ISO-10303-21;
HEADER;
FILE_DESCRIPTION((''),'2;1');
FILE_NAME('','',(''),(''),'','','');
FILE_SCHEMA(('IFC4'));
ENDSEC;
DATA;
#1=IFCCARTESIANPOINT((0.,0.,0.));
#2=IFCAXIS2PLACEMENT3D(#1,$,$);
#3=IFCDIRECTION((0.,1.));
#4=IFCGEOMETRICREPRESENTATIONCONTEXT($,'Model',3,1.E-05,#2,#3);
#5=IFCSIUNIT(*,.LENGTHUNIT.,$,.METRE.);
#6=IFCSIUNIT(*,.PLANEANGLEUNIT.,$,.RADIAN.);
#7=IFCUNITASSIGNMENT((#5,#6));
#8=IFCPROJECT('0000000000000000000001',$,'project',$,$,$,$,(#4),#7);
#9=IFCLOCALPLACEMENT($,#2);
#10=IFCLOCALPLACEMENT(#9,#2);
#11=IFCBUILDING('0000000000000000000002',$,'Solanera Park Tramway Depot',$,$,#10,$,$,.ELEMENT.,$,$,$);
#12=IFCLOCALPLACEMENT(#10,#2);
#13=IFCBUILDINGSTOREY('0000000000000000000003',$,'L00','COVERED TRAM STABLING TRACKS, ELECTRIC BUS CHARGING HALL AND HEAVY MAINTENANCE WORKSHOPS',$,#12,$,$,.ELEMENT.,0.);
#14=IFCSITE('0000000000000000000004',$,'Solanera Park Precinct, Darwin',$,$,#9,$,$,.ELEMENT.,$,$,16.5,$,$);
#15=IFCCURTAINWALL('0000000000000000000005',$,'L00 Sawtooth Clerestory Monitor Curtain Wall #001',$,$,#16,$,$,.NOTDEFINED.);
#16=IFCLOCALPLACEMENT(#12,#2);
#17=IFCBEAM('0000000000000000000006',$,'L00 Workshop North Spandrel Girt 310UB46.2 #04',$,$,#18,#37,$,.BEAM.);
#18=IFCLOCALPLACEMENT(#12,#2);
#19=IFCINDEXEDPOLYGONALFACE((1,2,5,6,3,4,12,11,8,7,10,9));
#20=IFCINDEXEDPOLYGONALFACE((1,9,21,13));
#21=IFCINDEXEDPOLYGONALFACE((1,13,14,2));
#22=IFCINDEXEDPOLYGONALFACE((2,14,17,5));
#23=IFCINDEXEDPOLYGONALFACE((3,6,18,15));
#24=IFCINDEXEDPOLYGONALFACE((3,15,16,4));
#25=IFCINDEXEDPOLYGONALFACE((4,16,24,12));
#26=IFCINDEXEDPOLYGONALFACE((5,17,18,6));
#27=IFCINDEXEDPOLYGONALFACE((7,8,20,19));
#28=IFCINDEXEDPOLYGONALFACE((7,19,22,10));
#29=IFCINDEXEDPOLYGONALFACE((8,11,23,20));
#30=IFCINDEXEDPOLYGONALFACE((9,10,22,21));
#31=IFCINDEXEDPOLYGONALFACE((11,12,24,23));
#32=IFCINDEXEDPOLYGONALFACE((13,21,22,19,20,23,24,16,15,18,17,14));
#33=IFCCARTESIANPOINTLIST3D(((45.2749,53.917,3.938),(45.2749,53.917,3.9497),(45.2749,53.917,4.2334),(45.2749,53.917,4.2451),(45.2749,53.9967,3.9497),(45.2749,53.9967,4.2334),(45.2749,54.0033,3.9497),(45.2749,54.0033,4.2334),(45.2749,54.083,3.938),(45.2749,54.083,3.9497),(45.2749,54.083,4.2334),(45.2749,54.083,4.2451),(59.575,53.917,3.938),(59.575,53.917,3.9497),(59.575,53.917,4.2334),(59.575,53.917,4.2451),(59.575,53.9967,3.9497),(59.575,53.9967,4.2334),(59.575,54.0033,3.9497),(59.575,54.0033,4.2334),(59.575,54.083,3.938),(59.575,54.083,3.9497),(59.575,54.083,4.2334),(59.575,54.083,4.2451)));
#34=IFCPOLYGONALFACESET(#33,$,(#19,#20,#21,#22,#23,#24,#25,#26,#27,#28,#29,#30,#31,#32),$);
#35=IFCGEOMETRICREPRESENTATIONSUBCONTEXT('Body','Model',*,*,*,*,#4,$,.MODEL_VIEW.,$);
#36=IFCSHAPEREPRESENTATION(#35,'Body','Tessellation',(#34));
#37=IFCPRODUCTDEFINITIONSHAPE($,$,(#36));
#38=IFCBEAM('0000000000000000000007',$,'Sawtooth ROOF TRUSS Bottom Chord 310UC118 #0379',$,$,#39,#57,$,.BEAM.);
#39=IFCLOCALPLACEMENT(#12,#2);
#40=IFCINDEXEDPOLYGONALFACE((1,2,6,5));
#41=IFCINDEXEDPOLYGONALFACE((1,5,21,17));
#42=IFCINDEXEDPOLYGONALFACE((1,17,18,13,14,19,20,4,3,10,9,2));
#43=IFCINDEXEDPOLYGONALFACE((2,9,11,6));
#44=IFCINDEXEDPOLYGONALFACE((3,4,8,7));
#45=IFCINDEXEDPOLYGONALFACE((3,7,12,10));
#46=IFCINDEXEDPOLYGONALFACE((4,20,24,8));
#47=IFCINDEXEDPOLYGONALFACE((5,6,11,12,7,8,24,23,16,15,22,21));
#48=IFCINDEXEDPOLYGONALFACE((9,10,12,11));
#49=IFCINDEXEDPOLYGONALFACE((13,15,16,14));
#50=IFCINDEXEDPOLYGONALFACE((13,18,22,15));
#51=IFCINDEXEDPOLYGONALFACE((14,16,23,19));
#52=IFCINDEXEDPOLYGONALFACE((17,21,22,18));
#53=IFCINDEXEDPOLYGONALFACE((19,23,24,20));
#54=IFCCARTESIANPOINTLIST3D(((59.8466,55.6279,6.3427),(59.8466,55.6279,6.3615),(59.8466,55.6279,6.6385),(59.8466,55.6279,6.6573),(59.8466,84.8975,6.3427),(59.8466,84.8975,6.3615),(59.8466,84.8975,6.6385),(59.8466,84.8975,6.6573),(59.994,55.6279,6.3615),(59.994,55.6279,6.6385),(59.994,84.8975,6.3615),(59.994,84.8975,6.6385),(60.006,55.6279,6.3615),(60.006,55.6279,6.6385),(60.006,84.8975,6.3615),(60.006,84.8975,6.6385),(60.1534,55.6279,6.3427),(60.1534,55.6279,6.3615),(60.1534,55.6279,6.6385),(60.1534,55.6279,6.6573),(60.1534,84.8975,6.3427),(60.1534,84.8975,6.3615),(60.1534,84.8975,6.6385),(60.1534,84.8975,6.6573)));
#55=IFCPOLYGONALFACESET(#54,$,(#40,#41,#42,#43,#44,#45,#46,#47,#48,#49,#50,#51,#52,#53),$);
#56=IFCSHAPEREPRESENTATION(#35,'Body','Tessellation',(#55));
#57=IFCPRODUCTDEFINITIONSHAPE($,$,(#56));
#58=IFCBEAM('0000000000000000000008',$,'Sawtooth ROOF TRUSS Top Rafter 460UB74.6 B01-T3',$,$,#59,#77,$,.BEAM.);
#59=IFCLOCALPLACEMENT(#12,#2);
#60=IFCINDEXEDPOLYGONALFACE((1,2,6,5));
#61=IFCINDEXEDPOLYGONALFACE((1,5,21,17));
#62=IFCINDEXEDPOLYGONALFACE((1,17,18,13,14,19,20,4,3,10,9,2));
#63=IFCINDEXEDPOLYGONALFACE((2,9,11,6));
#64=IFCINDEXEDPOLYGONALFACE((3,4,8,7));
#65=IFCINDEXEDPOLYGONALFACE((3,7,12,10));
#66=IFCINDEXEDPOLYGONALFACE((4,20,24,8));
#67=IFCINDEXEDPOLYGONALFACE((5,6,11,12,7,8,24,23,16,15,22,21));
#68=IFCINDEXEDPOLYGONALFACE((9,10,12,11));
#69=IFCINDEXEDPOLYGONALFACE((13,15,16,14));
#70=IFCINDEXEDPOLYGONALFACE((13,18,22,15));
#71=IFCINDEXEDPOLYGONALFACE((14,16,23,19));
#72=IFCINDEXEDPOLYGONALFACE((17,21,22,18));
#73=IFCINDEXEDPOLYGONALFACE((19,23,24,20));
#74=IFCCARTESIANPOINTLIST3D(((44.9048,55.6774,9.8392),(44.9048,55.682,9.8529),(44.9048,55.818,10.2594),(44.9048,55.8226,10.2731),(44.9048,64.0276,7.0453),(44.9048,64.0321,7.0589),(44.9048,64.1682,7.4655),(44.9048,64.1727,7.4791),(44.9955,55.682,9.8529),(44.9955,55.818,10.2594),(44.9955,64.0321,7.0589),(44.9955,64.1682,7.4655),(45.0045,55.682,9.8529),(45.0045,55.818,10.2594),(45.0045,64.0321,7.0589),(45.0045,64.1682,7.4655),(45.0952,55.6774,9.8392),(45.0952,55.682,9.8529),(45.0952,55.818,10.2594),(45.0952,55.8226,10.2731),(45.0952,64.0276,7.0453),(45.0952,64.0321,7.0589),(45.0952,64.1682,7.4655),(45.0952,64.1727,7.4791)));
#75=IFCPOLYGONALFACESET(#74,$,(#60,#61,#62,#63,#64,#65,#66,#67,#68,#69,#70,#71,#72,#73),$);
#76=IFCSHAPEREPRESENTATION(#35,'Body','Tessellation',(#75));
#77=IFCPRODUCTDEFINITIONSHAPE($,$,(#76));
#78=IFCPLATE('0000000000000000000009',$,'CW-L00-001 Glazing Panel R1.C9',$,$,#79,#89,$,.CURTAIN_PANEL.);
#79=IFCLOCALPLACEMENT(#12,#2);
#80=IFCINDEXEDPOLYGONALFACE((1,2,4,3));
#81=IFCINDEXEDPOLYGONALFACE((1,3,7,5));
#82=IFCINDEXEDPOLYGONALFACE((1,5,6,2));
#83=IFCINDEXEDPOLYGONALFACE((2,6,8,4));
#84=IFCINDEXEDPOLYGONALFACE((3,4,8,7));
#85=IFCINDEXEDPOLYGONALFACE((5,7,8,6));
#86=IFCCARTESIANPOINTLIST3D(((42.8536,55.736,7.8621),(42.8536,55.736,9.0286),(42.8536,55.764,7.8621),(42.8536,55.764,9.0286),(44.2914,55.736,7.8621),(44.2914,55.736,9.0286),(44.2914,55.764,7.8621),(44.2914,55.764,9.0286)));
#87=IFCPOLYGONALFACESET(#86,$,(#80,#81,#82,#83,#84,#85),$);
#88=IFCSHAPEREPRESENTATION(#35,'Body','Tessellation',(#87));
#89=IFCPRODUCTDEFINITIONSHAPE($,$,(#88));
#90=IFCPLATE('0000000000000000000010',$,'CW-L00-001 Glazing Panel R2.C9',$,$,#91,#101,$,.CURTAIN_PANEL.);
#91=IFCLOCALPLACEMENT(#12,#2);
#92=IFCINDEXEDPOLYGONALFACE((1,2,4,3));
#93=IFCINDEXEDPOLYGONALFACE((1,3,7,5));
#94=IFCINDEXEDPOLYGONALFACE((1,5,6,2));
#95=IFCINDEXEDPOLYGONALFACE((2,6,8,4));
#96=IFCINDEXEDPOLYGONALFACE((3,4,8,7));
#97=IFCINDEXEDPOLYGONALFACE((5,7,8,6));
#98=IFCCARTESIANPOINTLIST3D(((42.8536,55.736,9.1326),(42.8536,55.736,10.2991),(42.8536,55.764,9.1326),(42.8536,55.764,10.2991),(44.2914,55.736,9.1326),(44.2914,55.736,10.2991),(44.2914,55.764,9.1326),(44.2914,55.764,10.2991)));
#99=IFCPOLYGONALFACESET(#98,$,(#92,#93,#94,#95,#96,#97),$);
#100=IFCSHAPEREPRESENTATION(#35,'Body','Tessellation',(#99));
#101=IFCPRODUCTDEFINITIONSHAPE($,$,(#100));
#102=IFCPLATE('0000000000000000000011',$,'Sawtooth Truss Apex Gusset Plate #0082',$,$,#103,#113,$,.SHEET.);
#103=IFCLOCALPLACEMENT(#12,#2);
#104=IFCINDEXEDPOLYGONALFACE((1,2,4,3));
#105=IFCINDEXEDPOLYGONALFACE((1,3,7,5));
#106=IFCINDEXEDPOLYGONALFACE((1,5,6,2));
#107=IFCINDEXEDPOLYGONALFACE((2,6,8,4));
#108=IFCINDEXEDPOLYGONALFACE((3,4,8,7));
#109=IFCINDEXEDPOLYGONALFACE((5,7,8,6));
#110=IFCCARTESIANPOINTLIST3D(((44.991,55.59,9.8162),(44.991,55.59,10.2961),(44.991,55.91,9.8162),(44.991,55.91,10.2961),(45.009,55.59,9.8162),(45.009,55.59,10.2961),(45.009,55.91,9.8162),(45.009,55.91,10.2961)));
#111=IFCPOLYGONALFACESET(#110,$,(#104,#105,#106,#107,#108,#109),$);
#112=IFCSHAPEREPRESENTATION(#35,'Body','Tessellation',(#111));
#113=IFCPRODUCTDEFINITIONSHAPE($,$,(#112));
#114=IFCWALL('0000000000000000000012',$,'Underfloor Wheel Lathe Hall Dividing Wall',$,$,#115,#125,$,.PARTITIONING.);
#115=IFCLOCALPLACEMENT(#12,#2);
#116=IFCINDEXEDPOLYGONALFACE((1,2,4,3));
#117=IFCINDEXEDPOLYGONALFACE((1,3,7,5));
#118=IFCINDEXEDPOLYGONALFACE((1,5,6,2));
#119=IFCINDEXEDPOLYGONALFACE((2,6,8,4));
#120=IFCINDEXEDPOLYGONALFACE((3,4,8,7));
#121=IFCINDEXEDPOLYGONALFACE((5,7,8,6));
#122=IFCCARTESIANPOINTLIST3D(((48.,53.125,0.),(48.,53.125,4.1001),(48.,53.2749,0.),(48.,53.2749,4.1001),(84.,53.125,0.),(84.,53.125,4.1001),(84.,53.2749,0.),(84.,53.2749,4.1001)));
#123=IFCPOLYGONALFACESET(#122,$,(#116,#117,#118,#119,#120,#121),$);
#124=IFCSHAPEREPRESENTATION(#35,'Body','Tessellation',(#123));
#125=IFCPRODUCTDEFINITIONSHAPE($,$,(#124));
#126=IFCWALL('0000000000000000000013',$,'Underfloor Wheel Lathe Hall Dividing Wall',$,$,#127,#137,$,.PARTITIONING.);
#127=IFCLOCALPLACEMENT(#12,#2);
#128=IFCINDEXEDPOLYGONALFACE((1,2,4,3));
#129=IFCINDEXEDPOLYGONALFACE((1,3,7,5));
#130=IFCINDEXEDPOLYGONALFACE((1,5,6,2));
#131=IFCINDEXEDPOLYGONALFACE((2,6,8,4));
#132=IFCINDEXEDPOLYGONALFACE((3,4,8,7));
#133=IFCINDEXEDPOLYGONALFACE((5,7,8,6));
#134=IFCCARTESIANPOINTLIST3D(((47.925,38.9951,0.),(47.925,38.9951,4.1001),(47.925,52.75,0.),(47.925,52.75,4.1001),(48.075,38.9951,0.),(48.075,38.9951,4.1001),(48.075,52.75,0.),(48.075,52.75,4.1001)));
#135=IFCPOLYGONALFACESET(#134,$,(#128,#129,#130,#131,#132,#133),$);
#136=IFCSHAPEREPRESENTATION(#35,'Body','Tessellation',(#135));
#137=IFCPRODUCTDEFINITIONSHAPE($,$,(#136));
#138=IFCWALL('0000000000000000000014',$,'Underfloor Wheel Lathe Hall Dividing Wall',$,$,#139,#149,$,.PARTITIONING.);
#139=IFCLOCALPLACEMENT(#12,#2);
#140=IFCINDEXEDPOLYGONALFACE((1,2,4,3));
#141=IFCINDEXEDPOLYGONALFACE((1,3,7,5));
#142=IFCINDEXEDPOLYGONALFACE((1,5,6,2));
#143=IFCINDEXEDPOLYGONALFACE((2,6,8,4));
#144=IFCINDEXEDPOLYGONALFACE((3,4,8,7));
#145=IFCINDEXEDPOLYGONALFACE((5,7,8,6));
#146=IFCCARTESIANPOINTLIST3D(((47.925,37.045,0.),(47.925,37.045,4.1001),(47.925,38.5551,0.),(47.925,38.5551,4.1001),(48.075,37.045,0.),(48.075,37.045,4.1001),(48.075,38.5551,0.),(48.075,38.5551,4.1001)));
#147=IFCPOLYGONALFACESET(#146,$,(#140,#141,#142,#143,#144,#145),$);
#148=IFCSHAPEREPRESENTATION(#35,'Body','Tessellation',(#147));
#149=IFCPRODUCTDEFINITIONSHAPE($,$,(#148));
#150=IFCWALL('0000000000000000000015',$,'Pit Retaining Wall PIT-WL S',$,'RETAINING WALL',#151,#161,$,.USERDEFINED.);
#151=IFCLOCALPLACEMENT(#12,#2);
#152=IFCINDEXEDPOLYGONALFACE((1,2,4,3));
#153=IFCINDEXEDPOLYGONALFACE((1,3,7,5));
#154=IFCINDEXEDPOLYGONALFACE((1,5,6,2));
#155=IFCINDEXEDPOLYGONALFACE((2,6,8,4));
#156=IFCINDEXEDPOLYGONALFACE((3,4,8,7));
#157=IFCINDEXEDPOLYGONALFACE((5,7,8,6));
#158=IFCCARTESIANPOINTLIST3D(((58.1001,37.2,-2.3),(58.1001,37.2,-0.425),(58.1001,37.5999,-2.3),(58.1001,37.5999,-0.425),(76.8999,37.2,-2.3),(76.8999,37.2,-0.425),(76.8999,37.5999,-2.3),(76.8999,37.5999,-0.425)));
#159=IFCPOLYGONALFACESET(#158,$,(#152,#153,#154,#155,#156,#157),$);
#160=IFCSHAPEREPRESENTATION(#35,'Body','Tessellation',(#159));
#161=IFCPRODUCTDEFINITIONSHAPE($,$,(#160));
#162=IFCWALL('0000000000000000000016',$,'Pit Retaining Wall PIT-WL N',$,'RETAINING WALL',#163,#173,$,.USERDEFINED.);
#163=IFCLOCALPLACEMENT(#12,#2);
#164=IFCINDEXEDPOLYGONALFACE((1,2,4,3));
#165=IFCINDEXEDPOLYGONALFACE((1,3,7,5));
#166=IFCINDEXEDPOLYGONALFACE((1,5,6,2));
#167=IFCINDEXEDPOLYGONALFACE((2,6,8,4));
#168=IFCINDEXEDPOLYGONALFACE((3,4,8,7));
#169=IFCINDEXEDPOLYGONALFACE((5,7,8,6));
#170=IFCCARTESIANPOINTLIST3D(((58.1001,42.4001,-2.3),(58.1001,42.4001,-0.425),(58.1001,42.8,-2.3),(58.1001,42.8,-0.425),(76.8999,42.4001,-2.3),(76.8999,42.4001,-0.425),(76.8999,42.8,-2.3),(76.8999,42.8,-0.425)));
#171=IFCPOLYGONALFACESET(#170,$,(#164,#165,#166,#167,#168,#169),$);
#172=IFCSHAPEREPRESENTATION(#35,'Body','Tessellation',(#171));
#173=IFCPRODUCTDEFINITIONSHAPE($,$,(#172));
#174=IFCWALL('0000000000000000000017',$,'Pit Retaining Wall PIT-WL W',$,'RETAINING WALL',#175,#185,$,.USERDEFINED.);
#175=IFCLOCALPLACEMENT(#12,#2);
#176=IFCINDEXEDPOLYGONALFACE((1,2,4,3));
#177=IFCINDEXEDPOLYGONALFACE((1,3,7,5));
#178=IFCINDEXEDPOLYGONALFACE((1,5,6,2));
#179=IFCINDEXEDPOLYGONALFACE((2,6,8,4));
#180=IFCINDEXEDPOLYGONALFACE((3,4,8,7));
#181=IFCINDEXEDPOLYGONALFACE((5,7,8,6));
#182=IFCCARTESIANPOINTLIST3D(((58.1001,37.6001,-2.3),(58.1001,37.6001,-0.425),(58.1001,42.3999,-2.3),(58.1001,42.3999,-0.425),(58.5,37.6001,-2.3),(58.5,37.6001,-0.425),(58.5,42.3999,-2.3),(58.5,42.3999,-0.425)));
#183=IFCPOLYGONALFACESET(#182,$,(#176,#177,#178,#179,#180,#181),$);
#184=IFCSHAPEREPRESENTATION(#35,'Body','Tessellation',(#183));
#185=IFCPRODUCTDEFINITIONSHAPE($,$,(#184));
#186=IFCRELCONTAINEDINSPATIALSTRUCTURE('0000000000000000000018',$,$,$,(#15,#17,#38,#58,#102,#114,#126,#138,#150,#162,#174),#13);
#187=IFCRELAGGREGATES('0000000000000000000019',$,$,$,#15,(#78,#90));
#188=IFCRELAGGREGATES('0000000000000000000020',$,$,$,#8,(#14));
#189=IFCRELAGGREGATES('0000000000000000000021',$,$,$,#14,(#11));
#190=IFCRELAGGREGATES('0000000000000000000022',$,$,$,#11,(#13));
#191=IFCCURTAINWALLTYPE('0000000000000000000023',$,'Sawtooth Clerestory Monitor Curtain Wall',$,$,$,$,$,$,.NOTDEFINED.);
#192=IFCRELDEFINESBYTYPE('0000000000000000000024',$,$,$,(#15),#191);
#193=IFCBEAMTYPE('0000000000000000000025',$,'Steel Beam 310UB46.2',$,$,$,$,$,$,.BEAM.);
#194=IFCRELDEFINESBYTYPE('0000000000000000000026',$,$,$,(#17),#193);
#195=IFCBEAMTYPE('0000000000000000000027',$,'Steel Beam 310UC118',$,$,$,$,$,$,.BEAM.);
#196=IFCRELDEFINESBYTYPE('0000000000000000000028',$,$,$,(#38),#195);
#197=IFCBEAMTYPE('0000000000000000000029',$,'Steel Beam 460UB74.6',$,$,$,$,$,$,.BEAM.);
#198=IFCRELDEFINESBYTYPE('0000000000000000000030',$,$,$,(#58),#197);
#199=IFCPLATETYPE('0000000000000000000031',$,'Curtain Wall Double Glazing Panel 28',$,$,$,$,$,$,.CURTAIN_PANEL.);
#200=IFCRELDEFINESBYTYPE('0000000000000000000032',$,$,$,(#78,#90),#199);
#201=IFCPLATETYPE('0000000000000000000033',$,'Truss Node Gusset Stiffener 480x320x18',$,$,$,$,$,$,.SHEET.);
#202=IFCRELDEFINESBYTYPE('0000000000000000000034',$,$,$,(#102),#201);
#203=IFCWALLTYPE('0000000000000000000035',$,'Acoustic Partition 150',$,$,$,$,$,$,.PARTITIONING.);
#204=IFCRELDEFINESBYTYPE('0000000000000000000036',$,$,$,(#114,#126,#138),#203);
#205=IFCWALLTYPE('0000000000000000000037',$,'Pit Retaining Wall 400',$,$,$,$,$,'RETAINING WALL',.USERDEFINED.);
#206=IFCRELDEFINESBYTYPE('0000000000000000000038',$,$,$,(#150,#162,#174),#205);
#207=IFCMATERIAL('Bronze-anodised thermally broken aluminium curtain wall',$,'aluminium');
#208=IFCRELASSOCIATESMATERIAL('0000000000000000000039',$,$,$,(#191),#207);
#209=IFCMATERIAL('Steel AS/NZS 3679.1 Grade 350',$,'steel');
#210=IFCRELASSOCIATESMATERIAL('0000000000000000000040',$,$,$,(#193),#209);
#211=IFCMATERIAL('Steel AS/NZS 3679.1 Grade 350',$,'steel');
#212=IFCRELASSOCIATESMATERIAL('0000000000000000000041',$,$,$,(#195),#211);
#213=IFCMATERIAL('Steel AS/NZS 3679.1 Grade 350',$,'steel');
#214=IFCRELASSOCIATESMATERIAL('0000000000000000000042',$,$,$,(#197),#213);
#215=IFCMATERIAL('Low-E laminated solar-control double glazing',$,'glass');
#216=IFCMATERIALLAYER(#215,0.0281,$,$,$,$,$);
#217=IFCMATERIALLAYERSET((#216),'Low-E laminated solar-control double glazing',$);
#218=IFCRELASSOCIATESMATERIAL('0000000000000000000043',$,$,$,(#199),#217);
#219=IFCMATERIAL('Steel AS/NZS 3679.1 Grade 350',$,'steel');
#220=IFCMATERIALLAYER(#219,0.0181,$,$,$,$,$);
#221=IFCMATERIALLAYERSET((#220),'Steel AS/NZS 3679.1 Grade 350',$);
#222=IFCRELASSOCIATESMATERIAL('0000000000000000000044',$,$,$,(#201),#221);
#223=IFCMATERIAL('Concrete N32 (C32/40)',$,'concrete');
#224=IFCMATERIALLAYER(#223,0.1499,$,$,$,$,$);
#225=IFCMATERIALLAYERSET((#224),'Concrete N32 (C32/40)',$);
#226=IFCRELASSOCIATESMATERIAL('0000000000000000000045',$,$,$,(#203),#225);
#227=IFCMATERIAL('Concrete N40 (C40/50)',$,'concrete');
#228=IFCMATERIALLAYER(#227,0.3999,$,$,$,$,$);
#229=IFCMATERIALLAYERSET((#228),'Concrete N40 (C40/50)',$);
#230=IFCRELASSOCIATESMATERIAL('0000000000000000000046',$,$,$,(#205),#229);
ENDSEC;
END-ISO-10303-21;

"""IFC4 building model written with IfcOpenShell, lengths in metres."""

from ifc_helpers import new_model, si_unit, direction, frame, frame_2d, origin, origin_2d, place, context, subcontext, project, spatial, rectangle, i_section, extrude, material, layer, layer_set, material_profile, profile_set, type_object, element, aggregate, save


model = new_model("IFC4")

# Units and contexts
model_context = context("Model", 3, precision=1e-05, world=origin(), true_north=direction((0.0, 1.0)))
body_context = subcontext(model_context, "Body", "Model", "MODEL_VIEW")
ifc_project = project(units=[si_unit("LENGTHUNIT", "METRE"), si_unit("PLANEANGLEUNIT", "RADIAN")], contexts=[model_context])

# Site, building, storey
site_placement = place(None, origin())
site = spatial("IfcSite", under=ifc_project, at=site_placement, Name="Solanera Park Precinct, Darwin", CompositionType="ELEMENT", RefElevation=16.5)
building_placement = place(site_placement, origin())
building = spatial("IfcBuilding", under=site, at=building_placement, Name="Solanera Park Tramway Depot", CompositionType="ELEMENT")
storey_placement = place(building_placement, origin())
storey = spatial("IfcBuildingStorey", under=building, at=storey_placement, Name="L00", Description="COVERED TRAM STABLING TRACKS, ELECTRIC BUS CHARGING HALL AND HEAVY MAINTENANCE WORKSHOPS", CompositionType="ELEMENT", Elevation=0.0)

# Curtain wall
ifc_material_1 = material(Name="Bronze-anodised thermally broken aluminium curtain wall", Category="aluminium")
curtain_wall_type = type_object("IfcCurtainWallType", Name="Sawtooth Clerestory Monitor Curtain Wall", PredefinedType="NOTDEFINED", material=ifc_material_1)
curtain_wall_placement = place(storey_placement, origin())
curtain_wall = element("IfcCurtainWall", 1, at=curtain_wall_placement, inside=storey, type_object=curtain_wall_type, Name="L00 Sawtooth Clerestory Monitor Curtain Wall #001", PredefinedType="NOTDEFINED")

# Beams
ifc_material_2 = material(Name="Steel AS/NZS 3679.1 Grade 350", Category="steel")
ifc_material_profile_1 = material_profile(ifc_material_2, i_section(OverallWidth=0.166, OverallDepth=0.3071, WebThickness=0.0066, FlangeThickness=0.0117, at=origin_2d()), Name="310UB46.2")
ifc_profile_set_1 = profile_set([ifc_material_profile_1], Name="Steel AS/NZS 3679.1 Grade 350")
beam_type_1 = type_object("IfcBeamType", Name="Steel Beam 310UB46.2", PredefinedType="BEAM", material=ifc_profile_set_1)
beam_1_placement = place(storey_placement, frame((45.2749, 54.0, 4.0916), z_axis=(1.0, 0.0, 0.0), x_axis=(0.0, 1.0, 0.0)))
element("IfcBeam", 2, at=beam_1_placement, inside=storey, type_object=beam_type_1, Name="L00 Workshop North Spandrel Girt 310UB46.2 #04", PredefinedType="BEAM", context=body_context, shape_type="SweptSolid", body=[
    extrude(i_section(OverallWidth=0.166, OverallDepth=0.3071, WebThickness=0.0066, FlangeThickness=0.0117, at=origin_2d()), origin(), (0.0, 0.0, 1.0), 14.3),
])
ifc_material_3 = material(Name="Steel AS/NZS 3679.1 Grade 350", Category="steel")
ifc_material_profile_2 = material_profile(ifc_material_3, i_section(OverallWidth=0.3069, OverallDepth=0.3147, WebThickness=0.012, FlangeThickness=0.0188, at=origin_2d()), Name="310UC118")
ifc_profile_set_2 = profile_set([ifc_material_profile_2], Name="Steel AS/NZS 3679.1 Grade 350")
beam_type_2 = type_object("IfcBeamType", Name="Steel Beam 310UC118", PredefinedType="BEAM", material=ifc_profile_set_2)
beam_2_placement = place(storey_placement, frame((60.0, 55.6279, 6.5), z_axis=(0.0, 1.0, 0.0), x_axis=(-1.0, 0.0, 0.0)))
element("IfcBeam", 3, at=beam_2_placement, inside=storey, type_object=beam_type_2, Name="Sawtooth ROOF TRUSS Bottom Chord 310UC118 #0379", PredefinedType="BEAM", context=body_context, shape_type="SweptSolid", body=[
    extrude(i_section(OverallWidth=0.3069, OverallDepth=0.3147, WebThickness=0.012, FlangeThickness=0.0188, at=origin_2d()), origin(), (0.0, 0.0, 1.0), 29.2695),
])
ifc_material_4 = material(Name="Steel AS/NZS 3679.1 Grade 350", Category="steel")
ifc_material_profile_3 = material_profile(ifc_material_4, i_section(OverallWidth=0.1904, OverallDepth=0.4575, WebThickness=0.009, FlangeThickness=0.0144, at=origin_2d()), Name="460UB74.6")
ifc_profile_set_3 = profile_set([ifc_material_profile_3], Name="Steel AS/NZS 3679.1 Grade 350")
beam_type_3 = type_object("IfcBeamType", Name="Steel Beam 460UB74.6", PredefinedType="BEAM", material=ifc_profile_set_3)
beam_3_placement = place(storey_placement, frame((45.0, 55.75, 10.0562), z_axis=(0.0, 0.948322, -0.317309), x_axis=(-1.0, 0.0, 0.0)))
element("IfcBeam", 4, at=beam_3_placement, inside=storey, type_object=beam_type_3, Name="Sawtooth ROOF TRUSS Top Rafter 460UB74.6 B01-T3", PredefinedType="BEAM", context=body_context, shape_type="SweptSolid", body=[
    extrude(i_section(OverallWidth=0.1904, OverallDepth=0.4575, WebThickness=0.009, FlangeThickness=0.0144, at=origin_2d()), origin(), (0.0, 0.0, 1.0), 8.8052),
])

# Plates
ifc_material_5 = material(Name="Low-E laminated solar-control double glazing", Category="glass")
ifc_layer_1 = layer(ifc_material_5, 0.0281)
ifc_layer_set_1 = layer_set([ifc_layer_1], Name="Low-E laminated solar-control double glazing")
plate_type_1 = type_object("IfcPlateType", Name="Curtain Wall Double Glazing Panel 28", PredefinedType="CURTAIN_PANEL", material=ifc_layer_set_1)
plate_1_placement = place(storey_placement, frame((43.5725, 55.75, 7.8621), z_axis=(0.0, 0.0, 1.0), x_axis=(1.0, 0.0, 0.0)))
plate_1 = element("IfcPlate", 5, at=plate_1_placement, type_object=plate_type_1, Name="CW-L00-001 Glazing Panel R1.C9", PredefinedType="CURTAIN_PANEL", context=body_context, shape_type="SweptSolid", body=[
    extrude(rectangle(XDim=1.4377, YDim=0.0281, at=origin_2d()), origin(), (0.0, 0.0, 1.0), 1.1665),
])
plate_2_placement = place(storey_placement, frame((43.5725, 55.75, 9.1326), z_axis=(0.0, 0.0, 1.0), x_axis=(1.0, 0.0, 0.0)))
plate_2 = element("IfcPlate", 6, at=plate_2_placement, type_object=plate_type_1, Name="CW-L00-001 Glazing Panel R2.C9", PredefinedType="CURTAIN_PANEL", context=body_context, shape_type="SweptSolid", body=[
    extrude(rectangle(XDim=1.4377, YDim=0.0281, at=origin_2d()), origin(), (0.0, 0.0, 1.0), 1.1665),
])
aggregate(curtain_wall, [plate_1, plate_2])
ifc_material_6 = material(Name="Steel AS/NZS 3679.1 Grade 350", Category="steel")
ifc_layer_2 = layer(ifc_material_6, 0.0181)
ifc_layer_set_2 = layer_set([ifc_layer_2], Name="Steel AS/NZS 3679.1 Grade 350")
plate_type_2 = type_object("IfcPlateType", Name="Truss Node Gusset Stiffener 480x320x18", PredefinedType="SHEET", material=ifc_layer_set_2)
plate_3_placement = place(storey_placement, frame((45.0, 55.75, 9.8162), z_axis=(0.0, 0.0, 1.0), x_axis=(1.0, 0.0, 0.0)))
element("IfcPlate", 7, at=plate_3_placement, inside=storey, type_object=plate_type_2, Name="Sawtooth Truss Apex Gusset Plate #0082", PredefinedType="SHEET", context=body_context, shape_type="SweptSolid", body=[
    extrude(rectangle(XDim=0.0181, YDim=0.3201, at=origin_2d()), origin(), (0.0, 0.0, 1.0), 0.48),
])

# Walls
ifc_material_7 = material(Name="Concrete N32 (C32/40)", Category="concrete")
ifc_layer_3 = layer(ifc_material_7, 0.1499)
ifc_layer_set_3 = layer_set([ifc_layer_3], Name="Concrete N32 (C32/40)")
wall_type_1 = type_object("IfcWallType", Name="Acoustic Partition 150", PredefinedType="PARTITIONING", material=ifc_layer_set_3)
wall_1_placement = place(storey_placement, frame((48.0, 53.2, 0.0), z_axis=(0.0, 0.0, 1.0), x_axis=(1.0, 0.0, 0.0)))
element("IfcWall", 8, at=wall_1_placement, inside=storey, type_object=wall_type_1, Name="Underfloor Wheel Lathe Hall Dividing Wall", PredefinedType="PARTITIONING", context=body_context, shape_type="SweptSolid", body=[
    extrude(rectangle(XDim=36.0, YDim=0.1499, at=frame_2d((18.0, 0.0))), origin(), (0.0, 0.0, 1.0), 4.1001),
])
wall_2_placement = place(storey_placement, frame((48.0, 52.75, 0.0), z_axis=(0.0, 0.0, 1.0), x_axis=(0.0, -1.0, 0.0)))
element("IfcWall", 9, at=wall_2_placement, inside=storey, type_object=wall_type_1, Name="Underfloor Wheel Lathe Hall Dividing Wall", PredefinedType="PARTITIONING", context=body_context, shape_type="SweptSolid", body=[
    extrude(rectangle(XDim=13.7549, YDim=0.1499, at=frame_2d((6.8774, 0.0))), origin(), (0.0, 0.0, 1.0), 4.1001),
])
wall_3_placement = place(storey_placement, frame((48.0, 38.5549, 0.0), z_axis=(0.0, 0.0, 1.0), x_axis=(0.0, -1.0, 0.0)))
element("IfcWall", 10, at=wall_3_placement, inside=storey, type_object=wall_type_1, Name="Underfloor Wheel Lathe Hall Dividing Wall", PredefinedType="PARTITIONING", context=body_context, shape_type="SweptSolid", body=[
    extrude(rectangle(XDim=1.51, YDim=0.1499, at=frame_2d((0.7549, 0.0))), origin(), (0.0, 0.0, 1.0), 4.1001),
])
ifc_material_8 = material(Name="Concrete N40 (C40/50)", Category="concrete")
ifc_layer_4 = layer(ifc_material_8, 0.3999)
ifc_layer_set_4 = layer_set([ifc_layer_4], Name="Concrete N40 (C40/50)")
wall_type_2 = type_object("IfcWallType", Name="Pit Retaining Wall 400", ElementType="RETAINING WALL", PredefinedType="USERDEFINED", material=ifc_layer_set_4)
for number, where, z_axis, x_axis, name in (
    (11, (58.1001, 37.3999, -2.3), (0.0, 0.0, 1.0), (1.0, 0.0, 0.0), "Pit Retaining Wall PIT-WL S"),
    (12, (58.1001, 42.6001, -2.3), (0.0, 0.0, 1.0), (1.0, 0.0, 0.0), "Pit Retaining Wall PIT-WL N"),
):
    element("IfcWall", number, at=place(storey_placement, frame(where, z_axis=z_axis, x_axis=x_axis)), inside=storey, type_object=wall_type_2, Name=name, ObjectType="RETAINING WALL", PredefinedType="USERDEFINED", context=body_context, shape_type="SweptSolid", body=[
        extrude(rectangle(XDim=18.7998, YDim=0.3999, at=frame_2d((9.3999, 0.0))), origin(), (0.0, 0.0, 1.0), 1.875),
    ])
wall_4_placement = place(storey_placement, frame((58.3, 37.6001, -2.3), z_axis=(0.0, 0.0, 1.0), x_axis=(0.0, 1.0, 0.0)))
element("IfcWall", 13, at=wall_4_placement, inside=storey, type_object=wall_type_2, Name="Pit Retaining Wall PIT-WL W", ObjectType="RETAINING WALL", PredefinedType="USERDEFINED", context=body_context, shape_type="SweptSolid", body=[
    extrude(rectangle(XDim=4.7998, YDim=0.3999, at=frame_2d((2.3999, 0.0))), origin(), (0.0, 0.0, 1.0), 1.875),
])

save(model, "model.ifc")
